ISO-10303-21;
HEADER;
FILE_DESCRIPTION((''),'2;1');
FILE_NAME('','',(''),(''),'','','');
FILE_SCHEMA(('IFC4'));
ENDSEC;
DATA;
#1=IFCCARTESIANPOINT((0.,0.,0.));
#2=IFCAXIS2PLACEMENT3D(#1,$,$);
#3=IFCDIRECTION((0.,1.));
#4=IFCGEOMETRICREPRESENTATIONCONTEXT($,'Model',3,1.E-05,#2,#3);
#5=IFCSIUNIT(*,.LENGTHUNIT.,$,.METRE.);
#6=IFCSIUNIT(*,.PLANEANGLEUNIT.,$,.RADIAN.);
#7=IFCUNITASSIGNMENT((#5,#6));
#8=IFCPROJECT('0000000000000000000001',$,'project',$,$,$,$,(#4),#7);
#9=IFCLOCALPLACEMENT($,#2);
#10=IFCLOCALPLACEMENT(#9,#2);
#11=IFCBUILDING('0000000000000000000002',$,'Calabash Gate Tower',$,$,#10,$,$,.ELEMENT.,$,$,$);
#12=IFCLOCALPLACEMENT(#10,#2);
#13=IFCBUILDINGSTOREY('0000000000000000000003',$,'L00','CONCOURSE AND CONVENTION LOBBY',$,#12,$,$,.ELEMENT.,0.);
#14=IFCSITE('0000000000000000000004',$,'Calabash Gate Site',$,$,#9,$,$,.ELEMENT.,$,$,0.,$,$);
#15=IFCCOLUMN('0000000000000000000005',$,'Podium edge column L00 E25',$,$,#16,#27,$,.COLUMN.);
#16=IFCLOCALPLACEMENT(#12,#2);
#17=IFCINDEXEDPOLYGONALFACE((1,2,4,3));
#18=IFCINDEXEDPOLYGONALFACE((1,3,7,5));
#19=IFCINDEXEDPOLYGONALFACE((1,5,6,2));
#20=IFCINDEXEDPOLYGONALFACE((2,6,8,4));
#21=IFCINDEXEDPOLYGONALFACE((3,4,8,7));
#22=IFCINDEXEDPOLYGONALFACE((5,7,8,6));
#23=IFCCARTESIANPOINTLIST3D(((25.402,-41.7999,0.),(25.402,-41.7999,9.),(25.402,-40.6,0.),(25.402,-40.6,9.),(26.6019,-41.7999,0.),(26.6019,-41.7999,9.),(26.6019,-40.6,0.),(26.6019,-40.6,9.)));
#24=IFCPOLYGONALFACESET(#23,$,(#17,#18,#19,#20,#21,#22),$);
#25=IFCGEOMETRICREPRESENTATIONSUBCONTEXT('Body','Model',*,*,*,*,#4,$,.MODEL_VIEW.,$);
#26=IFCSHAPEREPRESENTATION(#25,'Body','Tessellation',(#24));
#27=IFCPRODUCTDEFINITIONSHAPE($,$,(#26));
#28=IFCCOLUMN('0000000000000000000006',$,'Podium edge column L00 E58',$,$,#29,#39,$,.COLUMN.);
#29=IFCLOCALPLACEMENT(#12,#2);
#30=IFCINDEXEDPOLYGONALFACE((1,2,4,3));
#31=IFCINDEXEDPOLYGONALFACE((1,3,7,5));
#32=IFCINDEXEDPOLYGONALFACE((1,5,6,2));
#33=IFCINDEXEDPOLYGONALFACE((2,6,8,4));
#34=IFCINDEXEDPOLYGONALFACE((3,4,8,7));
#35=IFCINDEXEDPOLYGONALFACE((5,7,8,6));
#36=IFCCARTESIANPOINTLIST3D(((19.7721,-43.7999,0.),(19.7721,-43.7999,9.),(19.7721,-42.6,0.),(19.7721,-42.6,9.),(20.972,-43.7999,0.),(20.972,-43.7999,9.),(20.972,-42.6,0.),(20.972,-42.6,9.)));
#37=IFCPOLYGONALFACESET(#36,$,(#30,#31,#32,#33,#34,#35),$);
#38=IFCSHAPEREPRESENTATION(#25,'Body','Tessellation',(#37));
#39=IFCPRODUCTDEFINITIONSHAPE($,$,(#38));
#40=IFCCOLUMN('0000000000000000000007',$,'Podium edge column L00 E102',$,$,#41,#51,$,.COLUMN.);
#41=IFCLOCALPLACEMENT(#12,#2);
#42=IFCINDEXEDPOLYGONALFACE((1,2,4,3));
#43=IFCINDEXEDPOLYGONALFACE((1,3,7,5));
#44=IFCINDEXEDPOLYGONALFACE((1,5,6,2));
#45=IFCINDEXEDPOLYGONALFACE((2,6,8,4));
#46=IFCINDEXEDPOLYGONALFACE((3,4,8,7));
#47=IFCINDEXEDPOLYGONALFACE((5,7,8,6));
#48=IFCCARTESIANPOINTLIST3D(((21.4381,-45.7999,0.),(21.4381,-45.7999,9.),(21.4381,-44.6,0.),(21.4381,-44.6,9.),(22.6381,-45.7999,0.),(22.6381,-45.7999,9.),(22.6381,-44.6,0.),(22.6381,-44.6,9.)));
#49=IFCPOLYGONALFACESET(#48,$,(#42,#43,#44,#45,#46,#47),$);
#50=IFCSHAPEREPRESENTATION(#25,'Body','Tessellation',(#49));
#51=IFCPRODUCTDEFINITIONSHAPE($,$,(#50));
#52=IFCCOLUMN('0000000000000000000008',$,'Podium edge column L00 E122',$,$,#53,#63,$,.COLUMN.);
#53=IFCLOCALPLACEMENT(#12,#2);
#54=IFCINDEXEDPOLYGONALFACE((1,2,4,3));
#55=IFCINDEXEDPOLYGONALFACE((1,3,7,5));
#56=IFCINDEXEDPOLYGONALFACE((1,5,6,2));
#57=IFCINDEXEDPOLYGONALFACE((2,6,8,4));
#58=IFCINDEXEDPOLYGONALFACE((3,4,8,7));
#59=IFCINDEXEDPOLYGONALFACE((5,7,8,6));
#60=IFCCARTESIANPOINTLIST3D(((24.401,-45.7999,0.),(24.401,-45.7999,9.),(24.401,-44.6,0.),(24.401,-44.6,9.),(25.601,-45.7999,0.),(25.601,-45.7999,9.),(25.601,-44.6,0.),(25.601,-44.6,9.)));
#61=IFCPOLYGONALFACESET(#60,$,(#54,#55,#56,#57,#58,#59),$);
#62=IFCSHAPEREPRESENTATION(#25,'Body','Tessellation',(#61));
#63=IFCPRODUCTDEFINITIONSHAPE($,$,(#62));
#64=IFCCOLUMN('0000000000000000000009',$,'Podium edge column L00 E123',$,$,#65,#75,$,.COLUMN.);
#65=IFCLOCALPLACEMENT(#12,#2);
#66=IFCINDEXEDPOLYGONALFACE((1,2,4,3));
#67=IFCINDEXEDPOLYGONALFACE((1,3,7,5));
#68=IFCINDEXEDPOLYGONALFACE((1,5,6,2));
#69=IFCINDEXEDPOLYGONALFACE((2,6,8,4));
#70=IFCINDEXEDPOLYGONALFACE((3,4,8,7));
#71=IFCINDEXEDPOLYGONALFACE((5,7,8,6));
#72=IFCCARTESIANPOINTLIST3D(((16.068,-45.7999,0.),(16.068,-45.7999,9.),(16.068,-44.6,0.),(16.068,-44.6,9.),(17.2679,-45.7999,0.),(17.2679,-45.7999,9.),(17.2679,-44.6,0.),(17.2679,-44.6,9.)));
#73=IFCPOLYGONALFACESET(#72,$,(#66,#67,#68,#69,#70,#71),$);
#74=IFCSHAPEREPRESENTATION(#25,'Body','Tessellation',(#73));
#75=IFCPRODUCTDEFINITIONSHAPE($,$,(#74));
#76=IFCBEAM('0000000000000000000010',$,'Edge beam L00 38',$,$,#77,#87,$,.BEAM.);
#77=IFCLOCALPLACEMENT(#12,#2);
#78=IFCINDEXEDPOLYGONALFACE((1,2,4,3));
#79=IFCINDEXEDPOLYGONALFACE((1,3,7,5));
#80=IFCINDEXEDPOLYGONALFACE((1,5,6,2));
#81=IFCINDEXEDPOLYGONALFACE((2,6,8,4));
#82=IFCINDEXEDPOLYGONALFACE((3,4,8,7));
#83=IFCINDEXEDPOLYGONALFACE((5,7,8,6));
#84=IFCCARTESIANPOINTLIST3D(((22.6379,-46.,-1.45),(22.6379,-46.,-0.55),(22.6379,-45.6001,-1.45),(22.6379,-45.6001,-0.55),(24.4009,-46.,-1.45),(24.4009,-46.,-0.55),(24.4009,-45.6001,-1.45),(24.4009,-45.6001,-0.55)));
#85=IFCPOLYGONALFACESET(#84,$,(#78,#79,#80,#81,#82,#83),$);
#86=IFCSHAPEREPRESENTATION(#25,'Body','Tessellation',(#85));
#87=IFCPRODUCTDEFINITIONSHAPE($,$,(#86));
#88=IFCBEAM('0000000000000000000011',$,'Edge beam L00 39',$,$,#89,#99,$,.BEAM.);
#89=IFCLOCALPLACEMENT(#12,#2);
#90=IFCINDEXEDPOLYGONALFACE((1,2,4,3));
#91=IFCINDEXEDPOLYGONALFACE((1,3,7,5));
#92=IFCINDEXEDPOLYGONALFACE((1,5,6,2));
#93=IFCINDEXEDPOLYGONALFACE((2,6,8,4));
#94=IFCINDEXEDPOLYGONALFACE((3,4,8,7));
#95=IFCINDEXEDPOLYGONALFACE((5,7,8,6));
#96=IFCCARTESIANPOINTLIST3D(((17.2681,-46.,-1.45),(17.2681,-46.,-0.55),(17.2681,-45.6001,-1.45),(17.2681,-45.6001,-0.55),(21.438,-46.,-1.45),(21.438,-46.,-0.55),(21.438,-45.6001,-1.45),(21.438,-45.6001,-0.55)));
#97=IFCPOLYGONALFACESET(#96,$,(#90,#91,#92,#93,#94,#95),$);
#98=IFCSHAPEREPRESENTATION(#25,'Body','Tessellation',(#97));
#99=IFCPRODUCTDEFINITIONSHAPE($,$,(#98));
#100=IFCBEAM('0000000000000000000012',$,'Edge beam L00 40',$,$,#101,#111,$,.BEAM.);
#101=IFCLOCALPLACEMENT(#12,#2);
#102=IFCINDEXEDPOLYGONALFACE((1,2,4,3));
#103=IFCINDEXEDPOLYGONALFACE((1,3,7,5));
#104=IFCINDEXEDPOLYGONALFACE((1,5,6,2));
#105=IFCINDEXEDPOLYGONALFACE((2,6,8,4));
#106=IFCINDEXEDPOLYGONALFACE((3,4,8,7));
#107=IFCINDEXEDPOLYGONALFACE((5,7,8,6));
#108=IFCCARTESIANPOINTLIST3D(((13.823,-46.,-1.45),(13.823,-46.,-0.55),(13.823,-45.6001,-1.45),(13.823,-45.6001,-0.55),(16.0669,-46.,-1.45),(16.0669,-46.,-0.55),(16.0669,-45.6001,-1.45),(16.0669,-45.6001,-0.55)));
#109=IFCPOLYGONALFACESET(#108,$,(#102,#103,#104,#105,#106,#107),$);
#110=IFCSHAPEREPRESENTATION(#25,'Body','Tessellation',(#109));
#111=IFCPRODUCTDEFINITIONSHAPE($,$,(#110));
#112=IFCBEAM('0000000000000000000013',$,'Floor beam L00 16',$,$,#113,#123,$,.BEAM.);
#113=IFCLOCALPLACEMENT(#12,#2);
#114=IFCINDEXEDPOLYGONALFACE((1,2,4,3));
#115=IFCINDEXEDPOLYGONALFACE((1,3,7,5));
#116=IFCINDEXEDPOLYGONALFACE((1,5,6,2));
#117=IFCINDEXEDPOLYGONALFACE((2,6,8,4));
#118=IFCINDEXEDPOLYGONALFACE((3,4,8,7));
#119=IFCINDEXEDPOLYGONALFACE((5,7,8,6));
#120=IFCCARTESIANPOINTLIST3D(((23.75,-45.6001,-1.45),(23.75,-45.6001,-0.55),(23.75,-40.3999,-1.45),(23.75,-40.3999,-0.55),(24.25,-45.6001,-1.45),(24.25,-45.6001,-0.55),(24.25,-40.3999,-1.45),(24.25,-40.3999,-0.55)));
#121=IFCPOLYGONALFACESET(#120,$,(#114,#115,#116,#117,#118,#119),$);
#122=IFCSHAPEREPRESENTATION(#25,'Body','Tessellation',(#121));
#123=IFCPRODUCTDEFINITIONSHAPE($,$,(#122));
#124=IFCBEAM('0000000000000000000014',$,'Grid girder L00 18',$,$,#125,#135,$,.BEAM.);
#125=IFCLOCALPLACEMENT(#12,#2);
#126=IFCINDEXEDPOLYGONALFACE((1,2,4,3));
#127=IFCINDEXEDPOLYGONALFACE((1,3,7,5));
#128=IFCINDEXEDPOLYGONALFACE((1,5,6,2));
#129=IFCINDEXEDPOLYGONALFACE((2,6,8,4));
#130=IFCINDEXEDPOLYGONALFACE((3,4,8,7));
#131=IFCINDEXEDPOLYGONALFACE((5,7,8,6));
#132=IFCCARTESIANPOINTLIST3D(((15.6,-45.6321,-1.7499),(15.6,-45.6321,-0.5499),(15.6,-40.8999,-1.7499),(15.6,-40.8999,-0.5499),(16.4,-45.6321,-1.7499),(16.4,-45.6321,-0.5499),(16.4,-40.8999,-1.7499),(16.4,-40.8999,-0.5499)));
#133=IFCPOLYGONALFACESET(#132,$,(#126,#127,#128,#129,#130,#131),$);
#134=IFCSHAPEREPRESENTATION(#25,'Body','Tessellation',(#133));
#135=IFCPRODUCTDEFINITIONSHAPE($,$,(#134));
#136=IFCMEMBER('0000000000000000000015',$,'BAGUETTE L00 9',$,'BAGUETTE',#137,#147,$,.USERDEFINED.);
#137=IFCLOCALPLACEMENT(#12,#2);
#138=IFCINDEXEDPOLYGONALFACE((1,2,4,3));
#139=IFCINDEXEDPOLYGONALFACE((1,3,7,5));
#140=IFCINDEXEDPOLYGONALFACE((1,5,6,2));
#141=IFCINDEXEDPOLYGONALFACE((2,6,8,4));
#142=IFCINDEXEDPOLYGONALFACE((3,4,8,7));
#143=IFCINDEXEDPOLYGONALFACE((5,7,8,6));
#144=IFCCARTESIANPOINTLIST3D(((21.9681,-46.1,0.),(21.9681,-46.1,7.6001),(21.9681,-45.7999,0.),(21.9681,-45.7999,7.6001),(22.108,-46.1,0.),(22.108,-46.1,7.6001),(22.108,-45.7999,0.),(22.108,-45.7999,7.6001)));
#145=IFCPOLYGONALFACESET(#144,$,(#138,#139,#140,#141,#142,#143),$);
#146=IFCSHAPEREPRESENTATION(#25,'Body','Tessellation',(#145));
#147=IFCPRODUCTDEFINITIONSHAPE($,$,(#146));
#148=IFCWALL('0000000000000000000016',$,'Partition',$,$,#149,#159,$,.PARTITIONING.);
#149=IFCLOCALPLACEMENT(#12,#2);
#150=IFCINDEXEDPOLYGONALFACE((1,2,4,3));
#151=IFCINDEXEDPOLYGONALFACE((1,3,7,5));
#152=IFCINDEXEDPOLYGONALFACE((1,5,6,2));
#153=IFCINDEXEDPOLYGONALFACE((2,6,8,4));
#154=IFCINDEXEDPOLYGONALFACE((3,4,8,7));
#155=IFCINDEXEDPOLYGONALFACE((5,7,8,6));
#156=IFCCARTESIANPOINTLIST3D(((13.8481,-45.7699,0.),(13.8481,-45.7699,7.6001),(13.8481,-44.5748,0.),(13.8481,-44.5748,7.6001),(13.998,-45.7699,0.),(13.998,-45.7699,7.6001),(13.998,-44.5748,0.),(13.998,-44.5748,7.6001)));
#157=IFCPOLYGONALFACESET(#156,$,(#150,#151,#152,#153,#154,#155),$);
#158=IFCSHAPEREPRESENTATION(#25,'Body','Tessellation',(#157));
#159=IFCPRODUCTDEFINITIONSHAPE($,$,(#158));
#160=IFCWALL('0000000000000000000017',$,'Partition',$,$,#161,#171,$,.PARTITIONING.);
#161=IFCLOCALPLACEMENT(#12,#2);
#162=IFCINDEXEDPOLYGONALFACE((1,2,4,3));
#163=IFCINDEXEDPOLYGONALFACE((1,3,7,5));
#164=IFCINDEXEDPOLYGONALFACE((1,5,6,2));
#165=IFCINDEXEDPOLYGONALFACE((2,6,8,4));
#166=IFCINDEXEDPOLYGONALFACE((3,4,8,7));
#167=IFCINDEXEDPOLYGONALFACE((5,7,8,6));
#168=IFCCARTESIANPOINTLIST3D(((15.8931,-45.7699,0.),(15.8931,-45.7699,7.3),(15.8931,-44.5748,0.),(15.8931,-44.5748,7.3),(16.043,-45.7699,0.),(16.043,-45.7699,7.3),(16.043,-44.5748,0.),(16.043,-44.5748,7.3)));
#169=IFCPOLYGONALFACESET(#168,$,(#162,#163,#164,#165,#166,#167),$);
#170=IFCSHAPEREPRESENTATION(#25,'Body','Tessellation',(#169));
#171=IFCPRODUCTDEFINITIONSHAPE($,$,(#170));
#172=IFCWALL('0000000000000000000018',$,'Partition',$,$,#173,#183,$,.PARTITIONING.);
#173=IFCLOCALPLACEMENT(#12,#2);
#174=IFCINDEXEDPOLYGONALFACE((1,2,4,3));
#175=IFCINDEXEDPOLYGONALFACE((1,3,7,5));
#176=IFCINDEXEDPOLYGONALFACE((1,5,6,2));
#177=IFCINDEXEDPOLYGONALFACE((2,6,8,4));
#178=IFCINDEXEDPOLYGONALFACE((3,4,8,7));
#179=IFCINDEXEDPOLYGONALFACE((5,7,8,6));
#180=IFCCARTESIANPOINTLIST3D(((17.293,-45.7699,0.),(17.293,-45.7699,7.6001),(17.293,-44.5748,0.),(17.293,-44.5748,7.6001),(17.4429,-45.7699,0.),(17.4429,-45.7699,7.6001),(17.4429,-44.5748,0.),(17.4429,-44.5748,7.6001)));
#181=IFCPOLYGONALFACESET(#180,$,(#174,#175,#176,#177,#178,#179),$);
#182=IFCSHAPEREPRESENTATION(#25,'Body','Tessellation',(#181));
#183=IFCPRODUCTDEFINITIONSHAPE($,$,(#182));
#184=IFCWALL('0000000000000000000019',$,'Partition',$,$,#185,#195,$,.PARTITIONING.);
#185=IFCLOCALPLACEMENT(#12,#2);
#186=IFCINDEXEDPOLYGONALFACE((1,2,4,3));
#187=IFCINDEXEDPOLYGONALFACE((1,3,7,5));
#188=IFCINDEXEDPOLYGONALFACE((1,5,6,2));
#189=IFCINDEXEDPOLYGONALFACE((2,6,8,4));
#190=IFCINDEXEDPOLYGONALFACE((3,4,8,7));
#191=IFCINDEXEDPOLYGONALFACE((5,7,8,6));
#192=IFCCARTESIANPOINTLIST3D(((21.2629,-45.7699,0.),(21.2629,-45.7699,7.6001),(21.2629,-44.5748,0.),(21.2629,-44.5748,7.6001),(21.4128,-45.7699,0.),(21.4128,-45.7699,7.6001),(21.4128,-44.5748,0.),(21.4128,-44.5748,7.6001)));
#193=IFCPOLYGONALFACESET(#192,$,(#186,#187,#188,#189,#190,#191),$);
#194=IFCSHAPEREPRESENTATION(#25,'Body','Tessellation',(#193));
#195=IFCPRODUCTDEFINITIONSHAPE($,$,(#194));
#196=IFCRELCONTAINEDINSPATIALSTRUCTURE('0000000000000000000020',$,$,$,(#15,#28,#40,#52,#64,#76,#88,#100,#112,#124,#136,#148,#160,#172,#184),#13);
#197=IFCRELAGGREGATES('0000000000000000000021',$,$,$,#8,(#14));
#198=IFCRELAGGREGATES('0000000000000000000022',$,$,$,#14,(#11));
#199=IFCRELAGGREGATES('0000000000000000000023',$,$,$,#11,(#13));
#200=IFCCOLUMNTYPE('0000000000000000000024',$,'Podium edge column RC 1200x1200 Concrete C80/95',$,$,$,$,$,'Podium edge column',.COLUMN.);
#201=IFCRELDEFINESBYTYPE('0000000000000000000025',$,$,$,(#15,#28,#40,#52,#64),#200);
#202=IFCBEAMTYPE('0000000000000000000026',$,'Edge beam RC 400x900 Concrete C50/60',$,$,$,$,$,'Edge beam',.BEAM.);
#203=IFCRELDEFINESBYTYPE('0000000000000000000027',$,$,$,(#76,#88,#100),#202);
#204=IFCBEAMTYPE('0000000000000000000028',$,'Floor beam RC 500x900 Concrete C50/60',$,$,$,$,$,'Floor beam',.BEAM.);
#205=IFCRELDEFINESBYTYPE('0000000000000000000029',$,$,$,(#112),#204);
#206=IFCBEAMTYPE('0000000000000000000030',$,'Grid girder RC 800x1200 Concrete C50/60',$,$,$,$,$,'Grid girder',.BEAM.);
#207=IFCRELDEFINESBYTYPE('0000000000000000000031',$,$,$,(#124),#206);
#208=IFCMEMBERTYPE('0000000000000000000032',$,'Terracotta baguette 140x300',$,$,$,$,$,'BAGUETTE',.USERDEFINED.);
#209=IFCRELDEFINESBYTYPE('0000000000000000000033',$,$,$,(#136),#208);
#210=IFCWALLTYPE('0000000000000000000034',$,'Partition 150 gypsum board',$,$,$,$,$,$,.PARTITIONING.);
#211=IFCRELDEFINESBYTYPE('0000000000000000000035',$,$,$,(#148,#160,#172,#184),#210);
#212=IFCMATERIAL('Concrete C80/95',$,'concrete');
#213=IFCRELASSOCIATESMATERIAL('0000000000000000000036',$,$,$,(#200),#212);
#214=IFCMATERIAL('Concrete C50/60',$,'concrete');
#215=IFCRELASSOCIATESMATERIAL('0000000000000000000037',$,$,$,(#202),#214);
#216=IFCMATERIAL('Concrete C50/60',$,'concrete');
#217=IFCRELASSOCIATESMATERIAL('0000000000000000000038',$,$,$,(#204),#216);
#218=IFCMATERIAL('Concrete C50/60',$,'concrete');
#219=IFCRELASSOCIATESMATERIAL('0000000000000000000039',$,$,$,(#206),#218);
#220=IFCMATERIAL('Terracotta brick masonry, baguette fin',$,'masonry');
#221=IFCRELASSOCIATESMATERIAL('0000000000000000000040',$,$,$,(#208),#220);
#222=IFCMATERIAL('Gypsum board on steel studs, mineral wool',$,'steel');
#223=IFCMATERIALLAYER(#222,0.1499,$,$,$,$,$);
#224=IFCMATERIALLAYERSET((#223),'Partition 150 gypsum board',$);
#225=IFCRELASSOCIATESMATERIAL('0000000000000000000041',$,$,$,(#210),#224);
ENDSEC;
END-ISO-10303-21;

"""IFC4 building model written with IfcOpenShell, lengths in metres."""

from ifc_helpers import new_model, si_unit, direction, frame, frame_2d, origin, origin_2d, place, context, subcontext, project, spatial, rectangle, extrude, material, layer, layer_set, material_profile, profile_set, type_object, element, save


model = new_model("IFC4")

# Units and contexts
model_context = context("Model", 3, precision=1e-05, world=origin(), true_north=direction((0.0, 1.0)))
body_context = subcontext(model_context, "Body", "Model", "MODEL_VIEW")
ifc_project = project(units=[si_unit("LENGTHUNIT", "METRE"), si_unit("PLANEANGLEUNIT", "RADIAN")], contexts=[model_context])

# Site, building, storey
site_placement = place(None, origin())
site = spatial("IfcSite", under=ifc_project, at=site_placement, Name="Calabash Gate Site", CompositionType="ELEMENT", RefElevation=0.0)
building_placement = place(site_placement, origin())
building = spatial("IfcBuilding", under=site, at=building_placement, Name="Calabash Gate Tower", CompositionType="ELEMENT")
storey_placement = place(building_placement, origin())
storey = spatial("IfcBuildingStorey", under=building, at=storey_placement, Name="L00", Description="CONCOURSE AND CONVENTION LOBBY", CompositionType="ELEMENT", Elevation=0.0)

# Columns
ifc_material_1 = material(Name="Concrete C80/95", Category="concrete")
ifc_material_profile_1 = material_profile(ifc_material_1, rectangle(XDim=1.2, YDim=1.2, at=origin_2d()))
ifc_profile_set_1 = profile_set([ifc_material_profile_1], Name="Concrete C80/95")
column_type = type_object("IfcColumnType", Name="Podium edge column RC 1200x1200 Concrete C80/95", ElementType="Podium edge column", PredefinedType="COLUMN", material=ifc_profile_set_1)
for number, where, z_axis, x_axis, name in (
    (1, (26.002, -41.2, 0.0), (0.0, 0.0, 1.0), (1.0, 0.0, 0.0), "Podium edge column L00 E25"),
    (2, (20.3721, -43.2, 0.0), (0.0, 0.0, 1.0), (1.0, 0.0, 0.0), "Podium edge column L00 E58"),
    (3, (22.0381, -45.2, 0.0), (0.0, 0.0, 1.0), (1.0, 0.0, 0.0), "Podium edge column L00 E102"),
    (4, (25.001, -45.2, 0.0), (0.0, 0.0, 1.0), (1.0, 0.0, 0.0), "Podium edge column L00 E122"),
    (5, (16.668, -45.2, 0.0), (0.0, 0.0, 1.0), (1.0, 0.0, 0.0), "Podium edge column L00 E123"),
):
    element("IfcColumn", number, at=place(storey_placement, frame(where, z_axis=z_axis, x_axis=x_axis)), inside=storey, type_object=column_type, Name=name, PredefinedType="COLUMN", context=body_context, shape_type="SweptSolid", body=[
        extrude(rectangle(XDim=1.2, YDim=1.2, at=origin_2d()), origin(), (0.0, 0.0, 1.0), 9.0),
    ])

# Beams
ifc_material_2 = material(Name="Concrete C50/60", Category="concrete")
ifc_material_profile_2 = material_profile(ifc_material_2, rectangle(XDim=0.3999, YDim=0.8999, at=origin_2d()))
ifc_profile_set_2 = profile_set([ifc_material_profile_2], Name="Concrete C50/60")
beam_type_1 = type_object("IfcBeamType", Name="Edge beam RC 400x900 Concrete C50/60", ElementType="Edge beam", PredefinedType="BEAM", material=ifc_profile_set_2)
beam_1_placement = place(storey_placement, frame((24.4009, -45.8, -1.0), z_axis=(-1.0, 0.0, 0.0), x_axis=(0.0, -1.0, 0.0)))
element("IfcBeam", 6, at=beam_1_placement, inside=storey, type_object=beam_type_1, Name="Edge beam L00 38", PredefinedType="BEAM", context=body_context, shape_type="SweptSolid", body=[
    extrude(rectangle(XDim=0.3999, YDim=0.8999, at=origin_2d()), origin(), (0.0, 0.0, 1.0), 1.7629),
])
beam_2_placement = place(storey_placement, frame((21.438, -45.8, -1.0), z_axis=(-1.0, 0.0, 0.0), x_axis=(0.0, -1.0, 0.0)))
element("IfcBeam", 7, at=beam_2_placement, inside=storey, type_object=beam_type_1, Name="Edge beam L00 39", PredefinedType="BEAM", context=body_context, shape_type="SweptSolid", body=[
    extrude(rectangle(XDim=0.3999, YDim=0.8999, at=origin_2d()), origin(), (0.0, 0.0, 1.0), 4.1699),
])
beam_3_placement = place(storey_placement, frame((16.0669, -45.8, -1.0), z_axis=(-1.0, 0.0, 0.0), x_axis=(0.0, -1.0, 0.0)))
element("IfcBeam", 8, at=beam_3_placement, inside=storey, type_object=beam_type_1, Name="Edge beam L00 40", PredefinedType="BEAM", context=body_context, shape_type="SweptSolid", body=[
    extrude(rectangle(XDim=0.3999, YDim=0.8999, at=origin_2d()), origin(), (0.0, 0.0, 1.0), 2.2439),
])
ifc_material_3 = material(Name="Concrete C50/60", Category="concrete")
ifc_material_profile_3 = material_profile(ifc_material_3, rectangle(XDim=0.5, YDim=0.8999, at=origin_2d()))
ifc_profile_set_3 = profile_set([ifc_material_profile_3], Name="Concrete C50/60")
beam_type_2 = type_object("IfcBeamType", Name="Floor beam RC 500x900 Concrete C50/60", ElementType="Floor beam", PredefinedType="BEAM", material=ifc_profile_set_3)
beam_4_placement = place(storey_placement, frame((24.0, -45.6001, -1.0), z_axis=(0.0, 1.0, 0.0), x_axis=(-1.0, 0.0, 0.0)))
element("IfcBeam", 9, at=beam_4_placement, inside=storey, type_object=beam_type_2, Name="Floor beam L00 16", PredefinedType="BEAM", context=body_context, shape_type="SweptSolid", body=[
    extrude(rectangle(XDim=0.5, YDim=0.8999, at=origin_2d()), origin(), (0.0, 0.0, 1.0), 5.2002),
])
ifc_material_4 = material(Name="Concrete C50/60", Category="concrete")
ifc_material_profile_4 = material_profile(ifc_material_4, rectangle(XDim=0.8, YDim=1.2, at=origin_2d()))
ifc_profile_set_4 = profile_set([ifc_material_profile_4], Name="Concrete C50/60")
beam_type_3 = type_object("IfcBeamType", Name="Grid girder RC 800x1200 Concrete C50/60", ElementType="Grid girder", PredefinedType="BEAM", material=ifc_profile_set_4)
beam_5_placement = place(storey_placement, frame((16.0, -45.6321, -1.1499), z_axis=(0.0, 1.0, 0.0), x_axis=(-1.0, 0.0, 0.0)))
element("IfcBeam", 10, at=beam_5_placement, inside=storey, type_object=beam_type_3, Name="Grid girder L00 18", PredefinedType="BEAM", context=body_context, shape_type="SweptSolid", body=[
    extrude(rectangle(XDim=0.8, YDim=1.2, at=origin_2d()), origin(), (0.0, 0.0, 1.0), 4.7322),
])

# Member
ifc_material_5 = material(Name="Terracotta brick masonry, baguette fin", Category="masonry")
ifc_material_profile_5 = material_profile(ifc_material_5, rectangle(XDim=0.1399, YDim=0.3, at=origin_2d()))
ifc_profile_set_5 = profile_set([ifc_material_profile_5], Name="Terracotta brick masonry, baguette fin")
member_type = type_object("IfcMemberType", Name="Terracotta baguette 140x300", ElementType="BAGUETTE", PredefinedType="USERDEFINED", material=ifc_profile_set_5)
member_placement = place(storey_placement, frame((22.0381, -45.95, 0.0), z_axis=(0.0, 0.0, 1.0), x_axis=(1.0, 0.0, 0.0)))
element("IfcMember", 11, at=member_placement, inside=storey, type_object=member_type, Name="BAGUETTE L00 9", ObjectType="BAGUETTE", PredefinedType="USERDEFINED", context=body_context, shape_type="SweptSolid", body=[
    extrude(rectangle(XDim=0.1399, YDim=0.3, at=origin_2d()), origin(), (0.0, 0.0, 1.0), 7.6001),
])

# Walls
ifc_material_6 = material(Name="Gypsum board on steel studs, mineral wool", Category="steel")
ifc_layer_1 = layer(ifc_material_6, 0.1499)
ifc_layer_set_1 = layer_set([ifc_layer_1], Name="Partition 150 gypsum board")
wall_type_1 = type_object("IfcWallType", Name="Partition 150 gypsum board", PredefinedType="PARTITIONING", material=ifc_layer_set_1)
wall_1_placement = place(storey_placement, frame((13.9231, -45.77, 0.0), z_axis=(0.0, 0.0, 1.0), x_axis=(0.0, 1.0, 0.0)))
element("IfcWall", 12, at=wall_1_placement, inside=storey, type_object=wall_type_1, Name="Partition", PredefinedType="PARTITIONING", context=body_context, shape_type="SweptSolid", body=[
    extrude(rectangle(XDim=1.1951, YDim=0.1499, at=frame_2d((0.5977, 0.0))), origin(), (0.0, 0.0, 1.0), 7.6001),
])
wall_2_placement = place(storey_placement, frame((15.968, -45.77, 0.0), z_axis=(0.0, 0.0, 1.0), x_axis=(0.0, 1.0, 0.0)))
element("IfcWall", 13, at=wall_2_placement, inside=storey, type_object=wall_type_1, Name="Partition", PredefinedType="PARTITIONING", context=body_context, shape_type="SweptSolid", body=[
    extrude(rectangle(XDim=1.1951, YDim=0.1499, at=frame_2d((0.5977, 0.0))), origin(), (0.0, 0.0, 1.0), 7.3),
])
for number, where, z_axis, x_axis, name in (
    (14, (17.3679, -45.77, 0.0), (0.0, 0.0, 1.0), (0.0, 1.0, 0.0), "Partition"),
    (15, (21.3379, -45.77, 0.0), (0.0, 0.0, 1.0), (0.0, 1.0, 0.0), "Partition"),
):
    element("IfcWall", number, at=place(storey_placement, frame(where, z_axis=z_axis, x_axis=x_axis)), inside=storey, type_object=wall_type_1, Name=name, PredefinedType="PARTITIONING", context=body_context, shape_type="SweptSolid", body=[
        extrude(rectangle(XDim=1.1951, YDim=0.1499, at=frame_2d((0.5977, 0.0))), origin(), (0.0, 0.0, 1.0), 7.6001),
    ])

save(model, "model.ifc")
